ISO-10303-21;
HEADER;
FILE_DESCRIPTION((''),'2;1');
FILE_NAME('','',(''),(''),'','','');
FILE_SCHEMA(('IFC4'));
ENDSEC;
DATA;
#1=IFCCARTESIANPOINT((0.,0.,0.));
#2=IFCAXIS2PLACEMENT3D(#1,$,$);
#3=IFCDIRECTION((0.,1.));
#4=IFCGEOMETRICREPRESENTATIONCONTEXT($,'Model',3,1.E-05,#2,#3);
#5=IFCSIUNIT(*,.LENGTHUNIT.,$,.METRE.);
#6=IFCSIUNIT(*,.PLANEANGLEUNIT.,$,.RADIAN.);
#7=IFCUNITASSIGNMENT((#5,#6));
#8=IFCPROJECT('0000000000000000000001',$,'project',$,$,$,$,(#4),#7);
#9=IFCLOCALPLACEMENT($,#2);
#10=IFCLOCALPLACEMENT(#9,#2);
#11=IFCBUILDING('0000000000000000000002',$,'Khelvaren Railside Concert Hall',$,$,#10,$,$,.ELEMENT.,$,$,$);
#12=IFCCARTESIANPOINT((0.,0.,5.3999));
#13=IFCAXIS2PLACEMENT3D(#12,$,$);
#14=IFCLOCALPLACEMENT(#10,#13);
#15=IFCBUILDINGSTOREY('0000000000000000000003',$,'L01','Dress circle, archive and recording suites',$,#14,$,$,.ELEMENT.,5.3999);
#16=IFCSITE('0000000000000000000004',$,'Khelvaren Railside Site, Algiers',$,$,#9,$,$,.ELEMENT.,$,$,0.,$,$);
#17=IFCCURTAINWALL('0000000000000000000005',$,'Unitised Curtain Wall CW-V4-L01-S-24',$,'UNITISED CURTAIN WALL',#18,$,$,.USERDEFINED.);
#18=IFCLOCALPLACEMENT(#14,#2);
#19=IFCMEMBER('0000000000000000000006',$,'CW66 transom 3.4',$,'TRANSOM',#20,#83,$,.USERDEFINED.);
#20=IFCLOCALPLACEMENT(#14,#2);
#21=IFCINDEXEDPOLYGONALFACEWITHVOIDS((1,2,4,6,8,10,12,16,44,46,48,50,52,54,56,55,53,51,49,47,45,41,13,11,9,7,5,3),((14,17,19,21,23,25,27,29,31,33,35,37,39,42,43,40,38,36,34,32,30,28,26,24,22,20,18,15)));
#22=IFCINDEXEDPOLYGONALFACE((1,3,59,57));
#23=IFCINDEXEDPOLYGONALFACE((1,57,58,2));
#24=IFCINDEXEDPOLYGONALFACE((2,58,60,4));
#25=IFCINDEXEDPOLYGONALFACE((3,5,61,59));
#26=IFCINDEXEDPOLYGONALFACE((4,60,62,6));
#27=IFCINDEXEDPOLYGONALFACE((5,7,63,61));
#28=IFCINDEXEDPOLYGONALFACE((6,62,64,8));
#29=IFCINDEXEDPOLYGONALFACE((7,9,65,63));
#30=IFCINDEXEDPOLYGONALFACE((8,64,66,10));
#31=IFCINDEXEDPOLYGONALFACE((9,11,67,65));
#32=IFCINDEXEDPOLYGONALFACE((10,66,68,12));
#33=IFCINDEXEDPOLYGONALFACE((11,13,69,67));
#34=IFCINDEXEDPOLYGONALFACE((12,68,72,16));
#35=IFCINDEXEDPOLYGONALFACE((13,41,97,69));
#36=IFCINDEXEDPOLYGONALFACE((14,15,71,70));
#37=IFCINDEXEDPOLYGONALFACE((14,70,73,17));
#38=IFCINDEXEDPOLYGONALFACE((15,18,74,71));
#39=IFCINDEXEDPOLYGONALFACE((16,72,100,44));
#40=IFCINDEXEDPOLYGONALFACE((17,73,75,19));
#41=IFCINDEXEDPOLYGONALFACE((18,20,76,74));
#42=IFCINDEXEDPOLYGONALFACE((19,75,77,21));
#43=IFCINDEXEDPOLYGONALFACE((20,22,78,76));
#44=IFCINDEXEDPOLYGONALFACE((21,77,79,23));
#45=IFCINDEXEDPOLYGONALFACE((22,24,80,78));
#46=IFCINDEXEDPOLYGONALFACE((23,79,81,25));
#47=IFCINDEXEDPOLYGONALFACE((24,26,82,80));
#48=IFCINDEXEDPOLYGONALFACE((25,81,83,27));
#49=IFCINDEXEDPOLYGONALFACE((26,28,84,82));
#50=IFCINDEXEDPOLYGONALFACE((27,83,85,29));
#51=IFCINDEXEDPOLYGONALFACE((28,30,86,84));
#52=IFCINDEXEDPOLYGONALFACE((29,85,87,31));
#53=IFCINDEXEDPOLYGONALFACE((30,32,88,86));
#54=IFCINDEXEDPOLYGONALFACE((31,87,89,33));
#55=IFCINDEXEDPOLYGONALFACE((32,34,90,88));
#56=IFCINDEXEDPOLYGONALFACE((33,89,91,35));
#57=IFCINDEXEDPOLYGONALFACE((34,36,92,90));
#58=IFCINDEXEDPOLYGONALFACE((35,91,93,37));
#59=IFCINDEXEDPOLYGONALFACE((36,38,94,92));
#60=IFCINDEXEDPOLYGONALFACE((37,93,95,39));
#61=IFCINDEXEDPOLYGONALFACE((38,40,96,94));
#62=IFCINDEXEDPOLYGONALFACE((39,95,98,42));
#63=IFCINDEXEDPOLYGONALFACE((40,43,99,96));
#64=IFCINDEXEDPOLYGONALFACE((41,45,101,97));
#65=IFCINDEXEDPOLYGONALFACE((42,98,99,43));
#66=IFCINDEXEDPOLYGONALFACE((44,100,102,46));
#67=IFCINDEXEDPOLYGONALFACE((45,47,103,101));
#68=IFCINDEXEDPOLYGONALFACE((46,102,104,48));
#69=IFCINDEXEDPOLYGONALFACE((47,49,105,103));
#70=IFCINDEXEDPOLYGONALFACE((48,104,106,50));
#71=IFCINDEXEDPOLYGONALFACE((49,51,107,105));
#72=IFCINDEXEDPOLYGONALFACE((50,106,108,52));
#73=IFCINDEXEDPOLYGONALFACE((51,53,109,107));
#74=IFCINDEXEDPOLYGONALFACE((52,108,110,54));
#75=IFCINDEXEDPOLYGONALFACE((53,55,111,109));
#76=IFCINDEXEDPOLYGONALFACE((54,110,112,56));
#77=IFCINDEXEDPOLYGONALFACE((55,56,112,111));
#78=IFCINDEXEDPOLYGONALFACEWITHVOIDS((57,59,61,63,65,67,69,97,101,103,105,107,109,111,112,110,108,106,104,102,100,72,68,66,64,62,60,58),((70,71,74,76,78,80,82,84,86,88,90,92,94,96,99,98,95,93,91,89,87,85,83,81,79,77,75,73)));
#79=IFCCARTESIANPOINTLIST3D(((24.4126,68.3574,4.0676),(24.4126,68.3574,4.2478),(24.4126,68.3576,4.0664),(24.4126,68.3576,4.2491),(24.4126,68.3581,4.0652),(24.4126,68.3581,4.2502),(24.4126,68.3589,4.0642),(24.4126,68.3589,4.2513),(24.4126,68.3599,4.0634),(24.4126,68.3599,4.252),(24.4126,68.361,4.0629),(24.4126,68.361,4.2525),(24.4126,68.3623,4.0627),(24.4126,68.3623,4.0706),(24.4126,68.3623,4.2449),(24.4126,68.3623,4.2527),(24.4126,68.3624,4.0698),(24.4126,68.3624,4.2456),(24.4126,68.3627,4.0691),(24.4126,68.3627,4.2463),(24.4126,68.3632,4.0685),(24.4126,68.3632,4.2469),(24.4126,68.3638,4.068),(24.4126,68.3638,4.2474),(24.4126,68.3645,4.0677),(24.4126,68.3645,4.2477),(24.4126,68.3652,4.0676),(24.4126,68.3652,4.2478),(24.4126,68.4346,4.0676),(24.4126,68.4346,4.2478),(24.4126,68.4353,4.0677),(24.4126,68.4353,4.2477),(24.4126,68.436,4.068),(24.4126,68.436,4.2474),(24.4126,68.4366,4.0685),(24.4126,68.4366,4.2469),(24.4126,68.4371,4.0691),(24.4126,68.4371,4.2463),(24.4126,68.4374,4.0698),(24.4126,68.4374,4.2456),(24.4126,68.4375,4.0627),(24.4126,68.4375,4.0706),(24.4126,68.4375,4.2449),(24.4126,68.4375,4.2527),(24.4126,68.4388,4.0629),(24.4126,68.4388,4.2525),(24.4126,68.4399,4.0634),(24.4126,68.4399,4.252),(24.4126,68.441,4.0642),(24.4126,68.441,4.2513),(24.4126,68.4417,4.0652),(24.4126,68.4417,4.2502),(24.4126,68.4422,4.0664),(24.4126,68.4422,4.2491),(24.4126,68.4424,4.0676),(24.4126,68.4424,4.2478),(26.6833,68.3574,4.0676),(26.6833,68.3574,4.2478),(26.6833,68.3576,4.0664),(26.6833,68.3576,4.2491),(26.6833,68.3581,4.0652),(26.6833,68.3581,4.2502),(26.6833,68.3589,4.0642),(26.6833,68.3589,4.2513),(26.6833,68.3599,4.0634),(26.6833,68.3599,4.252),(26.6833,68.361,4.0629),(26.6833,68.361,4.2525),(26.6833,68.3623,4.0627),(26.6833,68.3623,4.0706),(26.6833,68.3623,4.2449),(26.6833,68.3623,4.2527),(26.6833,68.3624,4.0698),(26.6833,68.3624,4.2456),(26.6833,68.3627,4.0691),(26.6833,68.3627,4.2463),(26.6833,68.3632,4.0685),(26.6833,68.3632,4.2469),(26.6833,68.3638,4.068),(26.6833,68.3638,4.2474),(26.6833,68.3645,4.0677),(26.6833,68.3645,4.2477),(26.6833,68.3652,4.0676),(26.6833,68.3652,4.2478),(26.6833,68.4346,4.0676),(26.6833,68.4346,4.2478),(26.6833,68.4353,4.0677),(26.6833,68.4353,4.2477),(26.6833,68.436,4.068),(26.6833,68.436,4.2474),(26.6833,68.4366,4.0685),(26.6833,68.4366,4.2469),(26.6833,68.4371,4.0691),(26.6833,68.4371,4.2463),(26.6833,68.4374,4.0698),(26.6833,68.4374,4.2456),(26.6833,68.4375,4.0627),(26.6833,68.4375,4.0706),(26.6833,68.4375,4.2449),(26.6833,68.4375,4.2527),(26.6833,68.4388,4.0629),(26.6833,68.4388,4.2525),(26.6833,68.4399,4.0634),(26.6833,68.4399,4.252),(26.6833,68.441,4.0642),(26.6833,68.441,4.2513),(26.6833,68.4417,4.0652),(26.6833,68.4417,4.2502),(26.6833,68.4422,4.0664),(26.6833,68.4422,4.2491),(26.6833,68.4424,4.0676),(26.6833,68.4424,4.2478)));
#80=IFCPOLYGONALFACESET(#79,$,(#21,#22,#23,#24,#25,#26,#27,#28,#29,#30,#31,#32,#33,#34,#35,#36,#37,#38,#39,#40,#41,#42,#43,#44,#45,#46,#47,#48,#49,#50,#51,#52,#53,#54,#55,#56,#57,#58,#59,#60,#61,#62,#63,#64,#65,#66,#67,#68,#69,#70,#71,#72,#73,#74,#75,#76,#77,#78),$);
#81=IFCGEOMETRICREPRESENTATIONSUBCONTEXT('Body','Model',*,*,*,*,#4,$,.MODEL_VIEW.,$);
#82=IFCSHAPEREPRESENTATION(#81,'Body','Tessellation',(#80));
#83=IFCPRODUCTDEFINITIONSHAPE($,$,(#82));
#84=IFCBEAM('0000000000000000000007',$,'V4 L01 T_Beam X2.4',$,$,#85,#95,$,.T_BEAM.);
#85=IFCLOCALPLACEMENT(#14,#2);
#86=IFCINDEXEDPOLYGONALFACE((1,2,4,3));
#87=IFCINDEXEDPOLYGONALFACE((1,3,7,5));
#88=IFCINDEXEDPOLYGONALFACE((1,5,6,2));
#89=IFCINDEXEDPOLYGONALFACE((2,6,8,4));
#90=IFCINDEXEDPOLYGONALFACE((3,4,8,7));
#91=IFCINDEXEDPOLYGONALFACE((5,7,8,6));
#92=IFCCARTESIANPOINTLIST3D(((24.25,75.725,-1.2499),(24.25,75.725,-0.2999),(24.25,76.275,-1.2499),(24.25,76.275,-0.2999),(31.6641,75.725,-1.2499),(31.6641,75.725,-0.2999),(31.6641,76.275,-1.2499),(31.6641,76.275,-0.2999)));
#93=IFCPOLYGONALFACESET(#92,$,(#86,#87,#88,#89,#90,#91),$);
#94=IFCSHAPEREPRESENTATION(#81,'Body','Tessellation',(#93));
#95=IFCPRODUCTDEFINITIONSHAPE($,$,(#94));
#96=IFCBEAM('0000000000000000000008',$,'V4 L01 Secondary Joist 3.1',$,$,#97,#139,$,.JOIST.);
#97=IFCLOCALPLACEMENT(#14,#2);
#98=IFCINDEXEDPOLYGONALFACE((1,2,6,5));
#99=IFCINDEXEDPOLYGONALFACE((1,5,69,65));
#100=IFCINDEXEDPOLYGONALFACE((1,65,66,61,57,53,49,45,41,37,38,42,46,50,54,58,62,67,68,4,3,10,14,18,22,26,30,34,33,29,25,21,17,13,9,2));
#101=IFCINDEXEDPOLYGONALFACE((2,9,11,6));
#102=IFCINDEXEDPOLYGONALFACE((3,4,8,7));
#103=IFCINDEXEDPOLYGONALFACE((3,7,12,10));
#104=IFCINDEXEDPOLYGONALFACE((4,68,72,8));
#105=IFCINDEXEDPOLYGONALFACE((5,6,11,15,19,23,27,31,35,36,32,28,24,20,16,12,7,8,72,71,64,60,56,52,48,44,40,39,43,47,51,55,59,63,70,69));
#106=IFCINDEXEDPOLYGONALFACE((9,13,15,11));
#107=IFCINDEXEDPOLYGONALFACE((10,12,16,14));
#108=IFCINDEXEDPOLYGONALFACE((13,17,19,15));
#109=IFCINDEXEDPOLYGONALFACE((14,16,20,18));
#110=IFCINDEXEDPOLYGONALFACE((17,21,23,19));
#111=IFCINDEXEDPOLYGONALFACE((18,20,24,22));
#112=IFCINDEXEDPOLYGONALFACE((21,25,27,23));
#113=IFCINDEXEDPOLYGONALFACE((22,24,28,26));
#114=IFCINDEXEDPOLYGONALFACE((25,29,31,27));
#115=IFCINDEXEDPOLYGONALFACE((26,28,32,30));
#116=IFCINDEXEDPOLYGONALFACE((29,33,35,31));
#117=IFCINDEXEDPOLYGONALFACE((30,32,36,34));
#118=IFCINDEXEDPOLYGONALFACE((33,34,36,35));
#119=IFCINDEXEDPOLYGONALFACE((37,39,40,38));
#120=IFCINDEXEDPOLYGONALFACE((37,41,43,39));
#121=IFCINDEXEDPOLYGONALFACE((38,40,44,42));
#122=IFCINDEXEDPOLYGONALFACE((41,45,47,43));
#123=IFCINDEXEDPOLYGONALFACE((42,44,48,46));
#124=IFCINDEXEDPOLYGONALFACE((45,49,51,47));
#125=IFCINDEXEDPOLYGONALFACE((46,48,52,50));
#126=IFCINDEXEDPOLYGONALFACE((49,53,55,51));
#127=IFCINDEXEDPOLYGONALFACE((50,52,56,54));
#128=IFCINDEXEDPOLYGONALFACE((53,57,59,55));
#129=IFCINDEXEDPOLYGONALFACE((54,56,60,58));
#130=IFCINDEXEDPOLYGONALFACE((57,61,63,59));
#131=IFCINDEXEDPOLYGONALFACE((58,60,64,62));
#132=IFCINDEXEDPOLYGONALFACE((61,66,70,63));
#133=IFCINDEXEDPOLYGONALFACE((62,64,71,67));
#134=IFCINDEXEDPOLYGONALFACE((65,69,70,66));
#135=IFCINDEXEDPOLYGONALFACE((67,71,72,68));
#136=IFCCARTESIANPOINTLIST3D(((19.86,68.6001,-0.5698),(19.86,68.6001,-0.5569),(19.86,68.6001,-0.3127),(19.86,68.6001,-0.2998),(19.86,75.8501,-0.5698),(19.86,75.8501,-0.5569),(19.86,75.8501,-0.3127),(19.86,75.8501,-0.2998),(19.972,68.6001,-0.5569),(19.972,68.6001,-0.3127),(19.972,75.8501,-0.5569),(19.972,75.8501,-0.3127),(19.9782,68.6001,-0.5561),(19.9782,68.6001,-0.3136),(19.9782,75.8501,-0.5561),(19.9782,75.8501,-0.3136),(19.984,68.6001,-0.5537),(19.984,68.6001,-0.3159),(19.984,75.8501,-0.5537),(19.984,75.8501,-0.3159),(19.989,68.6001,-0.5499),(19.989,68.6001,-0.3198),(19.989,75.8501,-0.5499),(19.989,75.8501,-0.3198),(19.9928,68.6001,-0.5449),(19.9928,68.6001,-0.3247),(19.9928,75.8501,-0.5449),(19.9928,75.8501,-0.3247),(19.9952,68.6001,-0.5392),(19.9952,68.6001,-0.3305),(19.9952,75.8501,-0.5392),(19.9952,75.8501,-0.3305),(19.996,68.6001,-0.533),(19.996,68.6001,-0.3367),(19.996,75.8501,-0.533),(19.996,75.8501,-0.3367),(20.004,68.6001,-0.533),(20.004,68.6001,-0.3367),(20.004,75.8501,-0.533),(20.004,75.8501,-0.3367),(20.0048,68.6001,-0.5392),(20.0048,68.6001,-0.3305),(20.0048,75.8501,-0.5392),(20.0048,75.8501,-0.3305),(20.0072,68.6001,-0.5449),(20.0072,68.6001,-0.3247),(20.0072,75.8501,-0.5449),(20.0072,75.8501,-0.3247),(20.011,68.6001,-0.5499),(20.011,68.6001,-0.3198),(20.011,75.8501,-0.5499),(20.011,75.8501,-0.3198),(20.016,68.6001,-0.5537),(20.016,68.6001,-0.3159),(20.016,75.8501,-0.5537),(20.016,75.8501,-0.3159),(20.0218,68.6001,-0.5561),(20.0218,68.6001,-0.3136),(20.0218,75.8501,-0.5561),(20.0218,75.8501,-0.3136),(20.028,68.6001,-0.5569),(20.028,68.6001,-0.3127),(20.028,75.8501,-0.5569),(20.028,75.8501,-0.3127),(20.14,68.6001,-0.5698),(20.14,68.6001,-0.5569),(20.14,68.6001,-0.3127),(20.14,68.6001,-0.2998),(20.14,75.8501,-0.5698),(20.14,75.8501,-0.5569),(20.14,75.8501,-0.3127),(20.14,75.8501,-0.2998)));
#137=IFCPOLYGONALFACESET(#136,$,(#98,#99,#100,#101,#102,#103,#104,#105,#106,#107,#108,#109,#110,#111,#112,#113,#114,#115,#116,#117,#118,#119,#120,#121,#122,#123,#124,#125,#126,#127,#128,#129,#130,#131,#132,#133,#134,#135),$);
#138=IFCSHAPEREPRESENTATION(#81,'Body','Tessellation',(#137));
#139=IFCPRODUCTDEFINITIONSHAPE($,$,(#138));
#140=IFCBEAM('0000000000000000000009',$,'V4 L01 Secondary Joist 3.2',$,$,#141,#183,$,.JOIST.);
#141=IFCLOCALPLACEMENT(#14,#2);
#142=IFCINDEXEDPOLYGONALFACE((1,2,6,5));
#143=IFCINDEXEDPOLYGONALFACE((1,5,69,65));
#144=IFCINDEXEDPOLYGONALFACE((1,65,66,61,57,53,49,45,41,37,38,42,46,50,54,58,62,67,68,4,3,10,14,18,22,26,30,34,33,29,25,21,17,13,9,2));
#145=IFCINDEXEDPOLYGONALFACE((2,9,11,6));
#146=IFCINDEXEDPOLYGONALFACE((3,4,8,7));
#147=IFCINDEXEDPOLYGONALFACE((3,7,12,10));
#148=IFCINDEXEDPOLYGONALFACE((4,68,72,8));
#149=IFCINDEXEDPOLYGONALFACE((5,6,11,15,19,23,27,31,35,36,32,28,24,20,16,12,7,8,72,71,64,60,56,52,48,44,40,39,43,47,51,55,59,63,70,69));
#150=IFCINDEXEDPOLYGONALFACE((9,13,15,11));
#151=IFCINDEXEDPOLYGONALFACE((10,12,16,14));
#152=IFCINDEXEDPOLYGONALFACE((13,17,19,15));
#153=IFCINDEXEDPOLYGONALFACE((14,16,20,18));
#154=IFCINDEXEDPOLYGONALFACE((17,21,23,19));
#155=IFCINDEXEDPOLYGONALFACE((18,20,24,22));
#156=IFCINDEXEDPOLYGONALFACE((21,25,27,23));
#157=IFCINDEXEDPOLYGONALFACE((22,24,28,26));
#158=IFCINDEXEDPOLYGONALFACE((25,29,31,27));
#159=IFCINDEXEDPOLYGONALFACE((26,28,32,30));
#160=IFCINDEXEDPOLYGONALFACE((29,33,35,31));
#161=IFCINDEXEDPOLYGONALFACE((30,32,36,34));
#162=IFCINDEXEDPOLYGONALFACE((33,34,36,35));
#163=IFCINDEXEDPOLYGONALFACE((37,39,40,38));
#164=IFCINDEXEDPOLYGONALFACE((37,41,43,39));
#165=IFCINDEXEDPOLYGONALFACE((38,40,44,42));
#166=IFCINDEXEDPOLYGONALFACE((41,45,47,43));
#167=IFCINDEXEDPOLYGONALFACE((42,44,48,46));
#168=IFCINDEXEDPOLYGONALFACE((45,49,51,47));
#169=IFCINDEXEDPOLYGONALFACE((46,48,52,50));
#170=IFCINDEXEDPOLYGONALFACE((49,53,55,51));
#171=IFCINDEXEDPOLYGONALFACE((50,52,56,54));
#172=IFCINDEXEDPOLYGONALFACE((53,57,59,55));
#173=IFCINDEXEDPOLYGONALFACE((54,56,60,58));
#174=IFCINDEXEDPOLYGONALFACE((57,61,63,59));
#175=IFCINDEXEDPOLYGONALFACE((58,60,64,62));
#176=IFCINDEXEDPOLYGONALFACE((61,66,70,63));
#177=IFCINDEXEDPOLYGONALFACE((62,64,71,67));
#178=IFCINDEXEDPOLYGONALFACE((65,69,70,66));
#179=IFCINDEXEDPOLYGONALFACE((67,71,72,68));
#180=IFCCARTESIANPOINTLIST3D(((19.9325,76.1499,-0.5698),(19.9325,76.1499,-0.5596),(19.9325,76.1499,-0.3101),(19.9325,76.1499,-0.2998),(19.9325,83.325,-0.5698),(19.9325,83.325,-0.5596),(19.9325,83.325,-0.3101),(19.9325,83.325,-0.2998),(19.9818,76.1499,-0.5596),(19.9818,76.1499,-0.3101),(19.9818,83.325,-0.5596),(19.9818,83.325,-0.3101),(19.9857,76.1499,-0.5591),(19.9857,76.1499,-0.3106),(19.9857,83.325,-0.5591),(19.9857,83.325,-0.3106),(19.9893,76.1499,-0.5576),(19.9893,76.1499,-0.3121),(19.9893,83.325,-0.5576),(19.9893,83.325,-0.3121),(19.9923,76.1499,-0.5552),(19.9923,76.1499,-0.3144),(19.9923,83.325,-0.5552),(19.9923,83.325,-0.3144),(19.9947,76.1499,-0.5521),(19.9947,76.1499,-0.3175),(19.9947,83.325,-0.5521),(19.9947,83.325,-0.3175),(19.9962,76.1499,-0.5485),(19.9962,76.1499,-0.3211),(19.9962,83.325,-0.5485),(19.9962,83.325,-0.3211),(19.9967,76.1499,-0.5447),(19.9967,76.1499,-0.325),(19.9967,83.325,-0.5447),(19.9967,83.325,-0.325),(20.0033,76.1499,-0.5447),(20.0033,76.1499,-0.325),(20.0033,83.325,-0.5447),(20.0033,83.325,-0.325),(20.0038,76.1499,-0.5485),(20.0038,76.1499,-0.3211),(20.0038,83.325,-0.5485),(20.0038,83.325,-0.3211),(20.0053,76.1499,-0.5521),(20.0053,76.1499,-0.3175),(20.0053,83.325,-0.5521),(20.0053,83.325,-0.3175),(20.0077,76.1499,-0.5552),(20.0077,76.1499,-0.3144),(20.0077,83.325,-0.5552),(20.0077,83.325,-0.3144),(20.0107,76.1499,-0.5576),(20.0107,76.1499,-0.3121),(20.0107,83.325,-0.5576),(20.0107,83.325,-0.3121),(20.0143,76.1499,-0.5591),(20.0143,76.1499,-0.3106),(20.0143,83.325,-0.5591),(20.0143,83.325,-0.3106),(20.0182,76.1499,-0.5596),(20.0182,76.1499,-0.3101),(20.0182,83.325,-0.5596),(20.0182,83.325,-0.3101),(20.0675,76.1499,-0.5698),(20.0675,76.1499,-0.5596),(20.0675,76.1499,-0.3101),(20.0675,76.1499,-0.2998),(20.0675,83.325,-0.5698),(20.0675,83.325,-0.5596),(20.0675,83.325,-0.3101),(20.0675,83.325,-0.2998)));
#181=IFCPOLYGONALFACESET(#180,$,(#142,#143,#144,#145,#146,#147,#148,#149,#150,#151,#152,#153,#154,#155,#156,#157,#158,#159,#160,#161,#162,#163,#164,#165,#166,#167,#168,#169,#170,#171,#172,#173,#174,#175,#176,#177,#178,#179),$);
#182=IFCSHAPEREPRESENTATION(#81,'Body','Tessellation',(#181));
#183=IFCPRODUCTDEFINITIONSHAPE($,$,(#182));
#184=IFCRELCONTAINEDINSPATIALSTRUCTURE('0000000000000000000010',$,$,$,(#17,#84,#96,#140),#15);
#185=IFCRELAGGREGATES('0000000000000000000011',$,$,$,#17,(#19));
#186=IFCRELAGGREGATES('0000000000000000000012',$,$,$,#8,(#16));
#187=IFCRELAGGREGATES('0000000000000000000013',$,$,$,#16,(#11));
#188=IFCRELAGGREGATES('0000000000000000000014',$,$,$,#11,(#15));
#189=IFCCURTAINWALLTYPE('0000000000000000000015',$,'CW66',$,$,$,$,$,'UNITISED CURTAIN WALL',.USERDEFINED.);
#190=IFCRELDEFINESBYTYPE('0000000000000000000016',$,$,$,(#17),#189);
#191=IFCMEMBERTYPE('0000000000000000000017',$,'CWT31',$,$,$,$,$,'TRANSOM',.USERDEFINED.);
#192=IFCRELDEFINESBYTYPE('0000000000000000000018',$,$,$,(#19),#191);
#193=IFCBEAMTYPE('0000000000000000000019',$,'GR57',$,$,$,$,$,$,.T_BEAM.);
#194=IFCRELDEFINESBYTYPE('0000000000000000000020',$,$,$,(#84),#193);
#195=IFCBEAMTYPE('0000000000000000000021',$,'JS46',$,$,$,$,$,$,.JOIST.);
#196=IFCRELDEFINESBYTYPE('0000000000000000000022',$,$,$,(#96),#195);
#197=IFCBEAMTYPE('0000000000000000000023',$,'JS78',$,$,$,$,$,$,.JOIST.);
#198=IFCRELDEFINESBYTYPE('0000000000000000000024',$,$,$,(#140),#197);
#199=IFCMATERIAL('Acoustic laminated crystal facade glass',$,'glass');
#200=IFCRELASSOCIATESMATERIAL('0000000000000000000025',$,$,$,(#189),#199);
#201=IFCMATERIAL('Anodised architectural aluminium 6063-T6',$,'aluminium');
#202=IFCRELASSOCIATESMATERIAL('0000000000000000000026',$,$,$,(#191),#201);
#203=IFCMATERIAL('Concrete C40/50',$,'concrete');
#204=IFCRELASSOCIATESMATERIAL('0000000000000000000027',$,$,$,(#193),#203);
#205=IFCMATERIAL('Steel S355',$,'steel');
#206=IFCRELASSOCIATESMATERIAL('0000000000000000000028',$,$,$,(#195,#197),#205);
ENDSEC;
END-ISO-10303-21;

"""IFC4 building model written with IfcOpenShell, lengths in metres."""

from ifc_helpers import new_model, si_unit, direction, frame, origin, origin_2d, place, context, subcontext, project, spatial, rectangle, hollow_rectangle, i_section, extrude, material, material_profile, profile_set, type_object, element, aggregate, save


model = new_model("IFC4")

# Units and contexts
model_context = context("Model", 3, precision=1e-05, world=origin(), true_north=direction((0.0, 1.0)))
body_context = subcontext(model_context, "Body", "Model", "MODEL_VIEW")
ifc_project = project(units=[si_unit("LENGTHUNIT", "METRE"), si_unit("PLANEANGLEUNIT", "RADIAN")], contexts=[model_context])

# Site, building, storey
site_placement = place(None, origin())
site = spatial("IfcSite", under=ifc_project, at=site_placement, Name="Khelvaren Railside Site, Algiers", CompositionType="ELEMENT", RefElevation=0.0)
building_placement = place(site_placement, origin())
building = spatial("IfcBuilding", under=site, at=building_placement, Name="Khelvaren Railside Concert Hall", CompositionType="ELEMENT")
storey_placement = place(building_placement, frame((0.0, 0.0, 5.3999)))
storey = spatial("IfcBuildingStorey", under=building, at=storey_placement, Name="L01", Description="Dress circle, archive and recording suites", CompositionType="ELEMENT", Elevation=5.3999)

# Shared definitions
ifc_material_1 = material(Name="Steel S355", Category="steel")

# Shared definitions
ifc_material_2 = material(Name="Acoustic laminated crystal facade glass", Category="glass")
ifc_material_3 = material(Name="Anodised architectural aluminium 6063-T6", Category="aluminium")

# Curtain wall
curtain_wall_type_1 = type_object("IfcCurtainWallType", Name="CW66", ElementType="UNITISED CURTAIN WALL", PredefinedType="USERDEFINED", material=ifc_material_2)
curtain_wall_1_placement = place(storey_placement, origin())
curtain_wall_1 = element("IfcCurtainWall", 1, at=curtain_wall_1_placement, inside=storey, type_object=curtain_wall_type_1, Name="Unitised Curtain Wall CW-V4-L01-S-24", ObjectType="UNITISED CURTAIN WALL", PredefinedType="USERDEFINED")

# Member
ifc_material_profile_1 = material_profile(ifc_material_3, hollow_rectangle(XDim=0.085, YDim=0.1899, WallThickness=0.0049, InnerFilletRadius=0.0029, OuterFilletRadius=0.0049, at=origin_2d()), Name="CWT 85x190x5")
ifc_profile_set_1 = profile_set([ifc_material_profile_1], Name="Anodised architectural aluminium 6063-T6")
member_type_1 = type_object("IfcMemberType", Name="CWT31", ElementType="TRANSOM", PredefinedType="USERDEFINED", material=ifc_profile_set_1)
member_1_placement = place(storey_placement, frame((26.6833, 68.3999, 4.1577), z_axis=(-1.0, 0.0, 0.0), x_axis=(0.0, -1.0, 0.0)))
member_1 = element("IfcMember", 2, at=member_1_placement, type_object=member_type_1, Name="CW66 transom 3.4", ObjectType="TRANSOM", PredefinedType="USERDEFINED", context=body_context, shape_type="SweptSolid", body=[
    extrude(hollow_rectangle(XDim=0.085, YDim=0.1899, WallThickness=0.0049, InnerFilletRadius=0.0029, OuterFilletRadius=0.0049, at=origin_2d()), origin(), (0.0, 0.0, 1.0), 2.2708),
])

# Beams
ifc_material_4 = material(Name="Concrete C40/50", Category="concrete")
ifc_material_profile_2 = material_profile(ifc_material_4, rectangle(XDim=0.55, YDim=0.95, at=origin_2d()), Name="RCB 550x950")
ifc_profile_set_2 = profile_set([ifc_material_profile_2], Name="Concrete C40/50")
beam_type_1 = type_object("IfcBeamType", Name="GR57", PredefinedType="T_BEAM", material=ifc_profile_set_2)
beam_1_placement = place(storey_placement, frame((24.25, 76.0, -0.7749), z_axis=(1.0, 0.0, 0.0), x_axis=(0.0, 1.0, 0.0)))
element("IfcBeam", 3, at=beam_1_placement, inside=storey, type_object=beam_type_1, Name="V4 L01 T_Beam X2.4", PredefinedType="T_BEAM", context=body_context, shape_type="SweptSolid", body=[
    extrude(rectangle(XDim=0.55, YDim=0.95, at=origin_2d()), origin(), (0.0, 0.0, 1.0), 7.4141),
])
ifc_material_profile_3 = material_profile(ifc_material_1, i_section(OverallWidth=0.28, OverallDepth=0.27, WebThickness=0.0081, FlangeThickness=0.0129, FilletRadius=0.0239, at=origin_2d()), Name="HEA 280")
ifc_profile_set_3 = profile_set([ifc_material_profile_3], Name="Steel S355")
beam_type_2 = type_object("IfcBeamType", Name="JS46", PredefinedType="JOIST", material=ifc_profile_set_3)
beam_2_placement = place(storey_placement, frame((20.0, 68.6001, -0.4348), z_axis=(0.0, 1.0, 0.0), x_axis=(-1.0, 0.0, 0.0)))
element("IfcBeam", 4, at=beam_2_placement, inside=storey, type_object=beam_type_2, Name="V4 L01 Secondary Joist 3.1", PredefinedType="JOIST", context=body_context, shape_type="SweptSolid", body=[
    extrude(i_section(OverallWidth=0.28, OverallDepth=0.27, WebThickness=0.0081, FlangeThickness=0.0129, FilletRadius=0.0239, at=origin_2d()), origin(), (0.0, 0.0, 1.0), 7.25),
])
ifc_material_profile_4 = material_profile(ifc_material_1, i_section(OverallWidth=0.135, OverallDepth=0.27, WebThickness=0.0066, FlangeThickness=0.0103, FilletRadius=0.0149, at=origin_2d()), Name="IPE 270")
ifc_profile_set_4 = profile_set([ifc_material_profile_4], Name="Steel S355")
beam_type_3 = type_object("IfcBeamType", Name="JS78", PredefinedType="JOIST", material=ifc_profile_set_4)
beam_3_placement = place(storey_placement, frame((20.0, 76.1499, -0.4348), z_axis=(0.0, 1.0, 0.0), x_axis=(-1.0, 0.0, 0.0)))
element("IfcBeam", 5, at=beam_3_placement, inside=storey, type_object=beam_type_3, Name="V4 L01 Secondary Joist 3.2", PredefinedType="JOIST", context=body_context, shape_type="SweptSolid", body=[
    extrude(i_section(OverallWidth=0.135, OverallDepth=0.27, WebThickness=0.0066, FlangeThickness=0.0103, FilletRadius=0.0149, at=origin_2d()), origin(), (0.0, 0.0, 1.0), 7.175),
])

aggregate(curtain_wall_1, [member_1])

save(model, "model.ifc")
